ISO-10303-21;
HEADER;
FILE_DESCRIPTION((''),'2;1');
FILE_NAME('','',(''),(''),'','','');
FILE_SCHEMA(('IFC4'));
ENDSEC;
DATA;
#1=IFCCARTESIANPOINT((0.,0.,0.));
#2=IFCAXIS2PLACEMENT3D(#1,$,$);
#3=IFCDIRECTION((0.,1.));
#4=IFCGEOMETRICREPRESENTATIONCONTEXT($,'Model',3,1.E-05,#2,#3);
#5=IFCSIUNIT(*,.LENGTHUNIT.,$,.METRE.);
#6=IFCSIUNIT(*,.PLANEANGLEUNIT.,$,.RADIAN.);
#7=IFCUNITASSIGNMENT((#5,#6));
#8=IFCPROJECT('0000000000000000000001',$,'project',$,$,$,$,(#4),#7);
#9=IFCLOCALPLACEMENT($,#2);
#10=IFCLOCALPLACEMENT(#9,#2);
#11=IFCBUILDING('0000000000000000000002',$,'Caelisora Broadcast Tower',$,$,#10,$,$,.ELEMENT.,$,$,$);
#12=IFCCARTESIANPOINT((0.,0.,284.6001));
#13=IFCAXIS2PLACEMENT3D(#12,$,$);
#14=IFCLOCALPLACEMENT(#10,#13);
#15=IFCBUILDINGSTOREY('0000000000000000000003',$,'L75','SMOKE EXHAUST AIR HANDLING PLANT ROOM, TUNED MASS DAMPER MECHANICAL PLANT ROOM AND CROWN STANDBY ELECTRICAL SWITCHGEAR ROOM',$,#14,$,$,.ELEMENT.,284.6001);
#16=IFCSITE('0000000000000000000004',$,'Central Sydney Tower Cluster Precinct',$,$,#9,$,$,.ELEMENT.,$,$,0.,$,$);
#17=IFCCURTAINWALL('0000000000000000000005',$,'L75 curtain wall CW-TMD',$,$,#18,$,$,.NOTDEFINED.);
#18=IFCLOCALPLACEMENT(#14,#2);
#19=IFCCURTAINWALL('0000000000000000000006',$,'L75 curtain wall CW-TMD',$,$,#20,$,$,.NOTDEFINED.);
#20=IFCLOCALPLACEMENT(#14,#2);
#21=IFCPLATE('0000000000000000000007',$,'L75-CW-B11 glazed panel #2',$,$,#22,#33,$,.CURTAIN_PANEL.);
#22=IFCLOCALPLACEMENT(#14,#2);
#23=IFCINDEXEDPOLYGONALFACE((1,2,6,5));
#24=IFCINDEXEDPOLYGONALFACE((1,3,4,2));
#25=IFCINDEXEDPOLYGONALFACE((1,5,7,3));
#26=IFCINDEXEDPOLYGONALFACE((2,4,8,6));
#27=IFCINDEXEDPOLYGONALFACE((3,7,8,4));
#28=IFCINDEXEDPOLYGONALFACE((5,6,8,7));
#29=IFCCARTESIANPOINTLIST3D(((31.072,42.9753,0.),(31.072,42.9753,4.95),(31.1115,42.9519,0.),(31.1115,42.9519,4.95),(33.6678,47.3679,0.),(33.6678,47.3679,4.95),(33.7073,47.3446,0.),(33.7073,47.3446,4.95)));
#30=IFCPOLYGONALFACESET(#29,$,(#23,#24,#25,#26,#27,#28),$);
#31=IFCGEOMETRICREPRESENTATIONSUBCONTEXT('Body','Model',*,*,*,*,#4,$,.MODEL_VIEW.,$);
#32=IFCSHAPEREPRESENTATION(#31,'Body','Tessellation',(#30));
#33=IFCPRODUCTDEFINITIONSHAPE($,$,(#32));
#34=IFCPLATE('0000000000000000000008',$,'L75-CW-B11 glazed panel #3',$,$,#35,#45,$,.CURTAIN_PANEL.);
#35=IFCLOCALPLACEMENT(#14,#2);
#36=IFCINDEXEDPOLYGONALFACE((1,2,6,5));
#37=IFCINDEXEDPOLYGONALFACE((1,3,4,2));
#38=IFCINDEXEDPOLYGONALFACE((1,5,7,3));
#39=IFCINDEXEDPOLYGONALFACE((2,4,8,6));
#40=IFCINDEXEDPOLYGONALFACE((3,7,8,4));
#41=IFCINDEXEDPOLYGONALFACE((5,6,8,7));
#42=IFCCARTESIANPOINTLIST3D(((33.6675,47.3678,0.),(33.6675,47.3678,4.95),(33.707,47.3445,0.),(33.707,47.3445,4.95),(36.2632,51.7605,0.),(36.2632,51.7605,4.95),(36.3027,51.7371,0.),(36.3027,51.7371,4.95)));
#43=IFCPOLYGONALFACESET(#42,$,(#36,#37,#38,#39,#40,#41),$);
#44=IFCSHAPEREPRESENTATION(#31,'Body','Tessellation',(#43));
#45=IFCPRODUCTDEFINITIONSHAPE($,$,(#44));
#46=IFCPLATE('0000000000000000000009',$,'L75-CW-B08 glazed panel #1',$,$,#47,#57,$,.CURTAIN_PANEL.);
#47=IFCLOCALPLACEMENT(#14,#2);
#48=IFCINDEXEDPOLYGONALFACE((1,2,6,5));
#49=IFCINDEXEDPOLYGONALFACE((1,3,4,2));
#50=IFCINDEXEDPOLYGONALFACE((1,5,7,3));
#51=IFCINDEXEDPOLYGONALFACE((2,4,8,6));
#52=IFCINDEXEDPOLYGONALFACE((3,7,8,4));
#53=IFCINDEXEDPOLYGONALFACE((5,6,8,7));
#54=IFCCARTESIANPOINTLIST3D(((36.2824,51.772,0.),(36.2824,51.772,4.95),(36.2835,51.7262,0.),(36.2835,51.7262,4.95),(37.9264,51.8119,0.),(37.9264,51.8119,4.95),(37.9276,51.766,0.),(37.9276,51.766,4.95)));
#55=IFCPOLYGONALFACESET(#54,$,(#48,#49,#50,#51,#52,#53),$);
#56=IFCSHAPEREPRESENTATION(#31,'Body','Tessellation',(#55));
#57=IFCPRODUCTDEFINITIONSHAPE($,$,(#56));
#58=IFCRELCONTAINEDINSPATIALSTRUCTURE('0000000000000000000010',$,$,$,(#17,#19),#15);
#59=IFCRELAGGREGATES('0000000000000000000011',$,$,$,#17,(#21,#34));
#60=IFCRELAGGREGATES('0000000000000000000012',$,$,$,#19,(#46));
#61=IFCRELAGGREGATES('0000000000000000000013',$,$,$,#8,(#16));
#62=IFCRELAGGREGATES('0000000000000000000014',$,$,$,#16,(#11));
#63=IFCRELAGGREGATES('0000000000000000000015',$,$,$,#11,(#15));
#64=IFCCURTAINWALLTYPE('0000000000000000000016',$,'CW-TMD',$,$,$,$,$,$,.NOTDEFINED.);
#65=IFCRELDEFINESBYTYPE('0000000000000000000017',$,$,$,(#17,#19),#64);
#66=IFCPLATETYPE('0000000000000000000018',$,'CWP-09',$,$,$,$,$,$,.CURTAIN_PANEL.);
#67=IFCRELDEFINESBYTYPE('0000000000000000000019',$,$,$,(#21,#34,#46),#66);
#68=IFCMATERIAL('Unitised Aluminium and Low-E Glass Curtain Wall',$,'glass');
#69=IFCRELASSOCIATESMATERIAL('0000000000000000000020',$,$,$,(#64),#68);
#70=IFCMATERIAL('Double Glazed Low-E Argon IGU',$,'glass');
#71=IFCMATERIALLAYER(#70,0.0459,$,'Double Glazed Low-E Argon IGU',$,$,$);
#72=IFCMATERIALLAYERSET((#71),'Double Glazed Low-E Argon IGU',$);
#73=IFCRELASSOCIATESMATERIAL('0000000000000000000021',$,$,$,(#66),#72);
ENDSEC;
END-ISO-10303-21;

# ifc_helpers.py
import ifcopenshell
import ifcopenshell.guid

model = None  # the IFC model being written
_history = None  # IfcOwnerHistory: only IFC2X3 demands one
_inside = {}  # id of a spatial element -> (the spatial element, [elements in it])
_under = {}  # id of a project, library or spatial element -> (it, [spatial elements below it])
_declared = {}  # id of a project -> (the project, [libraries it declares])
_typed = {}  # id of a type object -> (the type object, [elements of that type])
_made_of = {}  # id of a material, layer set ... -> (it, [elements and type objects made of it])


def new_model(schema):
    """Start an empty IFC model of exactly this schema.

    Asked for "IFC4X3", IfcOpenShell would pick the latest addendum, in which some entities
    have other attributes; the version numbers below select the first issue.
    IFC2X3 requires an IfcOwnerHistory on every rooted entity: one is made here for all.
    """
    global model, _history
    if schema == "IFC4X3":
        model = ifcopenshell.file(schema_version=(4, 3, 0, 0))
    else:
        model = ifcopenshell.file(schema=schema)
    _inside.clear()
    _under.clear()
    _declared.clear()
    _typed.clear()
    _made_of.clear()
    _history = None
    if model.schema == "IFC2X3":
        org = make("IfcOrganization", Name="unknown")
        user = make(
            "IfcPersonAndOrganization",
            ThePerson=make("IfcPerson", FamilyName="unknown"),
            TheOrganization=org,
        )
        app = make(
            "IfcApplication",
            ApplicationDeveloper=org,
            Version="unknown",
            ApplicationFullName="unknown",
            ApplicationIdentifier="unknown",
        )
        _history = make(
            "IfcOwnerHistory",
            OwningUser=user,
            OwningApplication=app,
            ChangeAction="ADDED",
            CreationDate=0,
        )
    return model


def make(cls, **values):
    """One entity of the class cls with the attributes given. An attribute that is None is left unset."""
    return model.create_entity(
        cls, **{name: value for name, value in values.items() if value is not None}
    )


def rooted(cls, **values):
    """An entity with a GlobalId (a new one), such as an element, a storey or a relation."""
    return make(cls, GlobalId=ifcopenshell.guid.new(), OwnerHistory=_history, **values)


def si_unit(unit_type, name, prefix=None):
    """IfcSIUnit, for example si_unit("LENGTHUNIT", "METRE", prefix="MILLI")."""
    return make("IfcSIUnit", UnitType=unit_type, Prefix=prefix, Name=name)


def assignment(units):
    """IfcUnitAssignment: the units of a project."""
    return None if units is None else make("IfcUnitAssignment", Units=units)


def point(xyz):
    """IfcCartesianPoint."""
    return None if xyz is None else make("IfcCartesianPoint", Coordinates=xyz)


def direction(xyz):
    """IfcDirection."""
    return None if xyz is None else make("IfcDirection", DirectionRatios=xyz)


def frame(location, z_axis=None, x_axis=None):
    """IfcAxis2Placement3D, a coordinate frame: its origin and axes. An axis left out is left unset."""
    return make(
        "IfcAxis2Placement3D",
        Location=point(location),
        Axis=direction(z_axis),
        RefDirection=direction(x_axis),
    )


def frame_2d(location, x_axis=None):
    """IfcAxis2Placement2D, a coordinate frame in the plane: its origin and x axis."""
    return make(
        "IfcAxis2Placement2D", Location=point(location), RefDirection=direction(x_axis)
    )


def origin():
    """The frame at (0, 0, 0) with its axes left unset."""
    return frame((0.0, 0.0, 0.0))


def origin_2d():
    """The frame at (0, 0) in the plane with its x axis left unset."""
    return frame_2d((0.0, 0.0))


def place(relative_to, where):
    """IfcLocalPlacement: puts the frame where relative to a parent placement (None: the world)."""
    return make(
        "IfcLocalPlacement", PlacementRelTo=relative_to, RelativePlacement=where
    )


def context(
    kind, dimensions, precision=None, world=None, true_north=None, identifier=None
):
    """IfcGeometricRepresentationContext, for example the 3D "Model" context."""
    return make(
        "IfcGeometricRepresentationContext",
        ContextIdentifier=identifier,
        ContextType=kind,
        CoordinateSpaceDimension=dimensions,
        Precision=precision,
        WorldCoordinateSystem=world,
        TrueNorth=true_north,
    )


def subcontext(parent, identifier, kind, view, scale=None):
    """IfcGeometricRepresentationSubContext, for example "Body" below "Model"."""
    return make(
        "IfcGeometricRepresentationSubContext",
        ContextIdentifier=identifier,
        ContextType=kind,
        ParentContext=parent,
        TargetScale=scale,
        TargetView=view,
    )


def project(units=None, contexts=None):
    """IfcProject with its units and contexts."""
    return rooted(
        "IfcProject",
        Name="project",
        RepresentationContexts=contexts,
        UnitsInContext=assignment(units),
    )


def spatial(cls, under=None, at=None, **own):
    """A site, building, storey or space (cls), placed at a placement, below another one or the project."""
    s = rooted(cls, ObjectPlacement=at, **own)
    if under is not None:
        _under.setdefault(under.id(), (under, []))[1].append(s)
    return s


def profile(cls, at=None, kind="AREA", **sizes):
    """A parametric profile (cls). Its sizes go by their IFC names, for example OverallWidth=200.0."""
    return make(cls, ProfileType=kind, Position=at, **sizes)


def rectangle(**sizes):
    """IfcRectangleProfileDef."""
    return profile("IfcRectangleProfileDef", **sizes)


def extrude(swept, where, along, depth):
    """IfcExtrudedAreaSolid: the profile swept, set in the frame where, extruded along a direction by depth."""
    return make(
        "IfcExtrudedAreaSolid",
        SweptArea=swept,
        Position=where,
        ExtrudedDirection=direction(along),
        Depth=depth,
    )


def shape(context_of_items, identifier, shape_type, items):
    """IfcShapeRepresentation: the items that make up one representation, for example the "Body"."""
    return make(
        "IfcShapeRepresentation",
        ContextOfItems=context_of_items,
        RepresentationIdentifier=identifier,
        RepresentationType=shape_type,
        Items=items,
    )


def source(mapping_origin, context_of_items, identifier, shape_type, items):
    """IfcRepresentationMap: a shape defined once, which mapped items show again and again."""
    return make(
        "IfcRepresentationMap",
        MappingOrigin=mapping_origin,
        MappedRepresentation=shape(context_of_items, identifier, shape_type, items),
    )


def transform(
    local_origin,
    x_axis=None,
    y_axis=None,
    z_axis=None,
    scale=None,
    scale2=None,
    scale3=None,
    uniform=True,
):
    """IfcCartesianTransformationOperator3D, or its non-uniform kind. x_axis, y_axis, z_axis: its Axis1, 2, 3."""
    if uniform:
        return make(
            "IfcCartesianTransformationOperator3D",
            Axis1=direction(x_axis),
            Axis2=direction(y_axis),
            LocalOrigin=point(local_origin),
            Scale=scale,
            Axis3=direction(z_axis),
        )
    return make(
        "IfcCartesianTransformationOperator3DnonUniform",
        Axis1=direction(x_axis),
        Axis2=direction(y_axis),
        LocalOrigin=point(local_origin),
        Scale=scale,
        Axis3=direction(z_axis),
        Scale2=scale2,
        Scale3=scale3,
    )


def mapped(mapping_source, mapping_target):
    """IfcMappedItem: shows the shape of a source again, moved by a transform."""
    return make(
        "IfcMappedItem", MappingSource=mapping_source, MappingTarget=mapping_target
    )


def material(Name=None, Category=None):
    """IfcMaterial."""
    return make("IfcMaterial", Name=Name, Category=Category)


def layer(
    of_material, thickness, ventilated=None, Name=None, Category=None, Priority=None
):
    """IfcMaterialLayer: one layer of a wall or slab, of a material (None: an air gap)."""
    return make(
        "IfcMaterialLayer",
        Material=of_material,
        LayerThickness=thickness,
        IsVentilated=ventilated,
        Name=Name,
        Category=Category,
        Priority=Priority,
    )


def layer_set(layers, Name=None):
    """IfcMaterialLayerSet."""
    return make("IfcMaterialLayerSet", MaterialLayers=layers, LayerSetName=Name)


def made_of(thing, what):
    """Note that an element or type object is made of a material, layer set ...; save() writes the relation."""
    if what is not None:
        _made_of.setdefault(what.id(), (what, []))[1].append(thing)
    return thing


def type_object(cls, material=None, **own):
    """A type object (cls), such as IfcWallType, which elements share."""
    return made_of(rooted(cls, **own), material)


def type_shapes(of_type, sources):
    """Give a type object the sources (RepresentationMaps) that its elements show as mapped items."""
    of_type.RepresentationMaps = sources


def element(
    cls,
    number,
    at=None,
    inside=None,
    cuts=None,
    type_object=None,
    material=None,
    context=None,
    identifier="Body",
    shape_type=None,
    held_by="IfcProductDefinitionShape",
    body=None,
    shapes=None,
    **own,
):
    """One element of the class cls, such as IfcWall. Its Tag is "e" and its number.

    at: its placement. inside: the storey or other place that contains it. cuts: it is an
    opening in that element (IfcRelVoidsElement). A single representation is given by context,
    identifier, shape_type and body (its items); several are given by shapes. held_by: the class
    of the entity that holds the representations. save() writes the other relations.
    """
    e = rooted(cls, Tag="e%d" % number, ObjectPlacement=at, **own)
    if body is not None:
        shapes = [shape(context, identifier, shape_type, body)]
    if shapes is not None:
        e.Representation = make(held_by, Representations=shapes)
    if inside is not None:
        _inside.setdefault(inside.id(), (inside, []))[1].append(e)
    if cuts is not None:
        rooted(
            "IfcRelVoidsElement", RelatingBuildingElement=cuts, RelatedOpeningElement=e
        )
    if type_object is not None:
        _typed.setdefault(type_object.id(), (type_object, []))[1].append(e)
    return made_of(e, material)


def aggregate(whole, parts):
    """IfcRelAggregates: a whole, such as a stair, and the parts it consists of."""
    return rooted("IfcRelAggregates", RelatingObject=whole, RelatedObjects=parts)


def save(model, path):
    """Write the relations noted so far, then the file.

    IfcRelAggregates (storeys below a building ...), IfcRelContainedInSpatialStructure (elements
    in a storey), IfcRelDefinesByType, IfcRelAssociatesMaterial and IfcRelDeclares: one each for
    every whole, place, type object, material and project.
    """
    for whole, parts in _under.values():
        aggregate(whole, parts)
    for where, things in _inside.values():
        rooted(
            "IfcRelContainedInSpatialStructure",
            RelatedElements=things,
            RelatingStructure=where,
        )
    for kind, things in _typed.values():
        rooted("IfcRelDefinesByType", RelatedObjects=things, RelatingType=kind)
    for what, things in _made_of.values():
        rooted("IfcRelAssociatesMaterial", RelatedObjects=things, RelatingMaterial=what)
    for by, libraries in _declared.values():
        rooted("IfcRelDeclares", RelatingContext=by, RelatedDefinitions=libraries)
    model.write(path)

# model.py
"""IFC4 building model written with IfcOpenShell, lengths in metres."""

from ifc_helpers import new_model, si_unit, direction, frame, origin, origin_2d, place, context, subcontext, project, spatial, rectangle, extrude, source, transform, mapped, material, layer, layer_set, type_object, type_shapes, element, aggregate, save


model = new_model("IFC4")

# Units and contexts
model_context = context("Model", 3, precision=1e-05, world=origin(), true_north=direction((0.0, 1.0)))
body_context = subcontext(model_context, "Body", "Model", "MODEL_VIEW")
ifc_project = project(units=[si_unit("LENGTHUNIT", "METRE"), si_unit("PLANEANGLEUNIT", "RADIAN")], contexts=[model_context])

# Site, building, storey
site_placement = place(None, origin())
site = spatial("IfcSite", under=ifc_project, at=site_placement, Name="Central Sydney Tower Cluster Precinct", CompositionType="ELEMENT", RefElevation=0.0)
building_placement = place(site_placement, origin())
building = spatial("IfcBuilding", under=site, at=building_placement, Name="Caelisora Broadcast Tower", CompositionType="ELEMENT")
storey_placement = place(building_placement, frame((0.0, 0.0, 284.6001)))
storey = spatial("IfcBuildingStorey", under=building, at=storey_placement, Name="L75", Description="SMOKE EXHAUST AIR HANDLING PLANT ROOM, TUNED MASS DAMPER MECHANICAL PLANT ROOM AND CROWN STANDBY ELECTRICAL SWITCHGEAR ROOM", CompositionType="ELEMENT", Elevation=284.6001)

# Shared definitions
ifc_material_1 = material(Name="Unitised Aluminium and Low-E Glass Curtain Wall", Category="glass")
curtain_wall_type = type_object("IfcCurtainWallType", Name="CW-TMD", PredefinedType="NOTDEFINED", material=ifc_material_1)

# Curtain wall
curtain_wall_1_placement = place(storey_placement, origin())
curtain_wall_1 = element("IfcCurtainWall", 1, at=curtain_wall_1_placement, inside=storey, type_object=curtain_wall_type, Name="L75 curtain wall CW-TMD", PredefinedType="NOTDEFINED")

# Curtain wall
curtain_wall_2_placement = place(storey_placement, origin())
curtain_wall_2 = element("IfcCurtainWall", 2, at=curtain_wall_2_placement, inside=storey, type_object=curtain_wall_type, Name="L75 curtain wall CW-TMD", PredefinedType="NOTDEFINED")

# Plates
ifc_material_2 = material(Name="Double Glazed Low-E Argon IGU", Category="glass")
ifc_layer_1 = layer(ifc_material_2, 0.0459, Name="Double Glazed Low-E Argon IGU")
ifc_layer_set_1 = layer_set([ifc_layer_1], Name="Double Glazed Low-E Argon IGU")
plate_type_1 = type_object("IfcPlateType", Name="CWP-09", PredefinedType="CURTAIN_PANEL", material=ifc_layer_set_1)
shared_shape_1 = source(origin(), body_context, "Body", "SweptSolid", [
    extrude(rectangle(XDim=5.1023, YDim=0.0459, at=origin_2d()), origin(), (0.0, 0.0, 1.0), 4.95),
])
plate_1_placement = place(storey_placement, frame((32.3896, 45.1599, 0.0), z_axis=(0.0, 0.0, 1.0), x_axis=(0.508741, 0.86092, 0.0)))
plate_1 = element("IfcPlate", 3, at=plate_1_placement, type_object=plate_type_1, Name="L75-CW-B11 glazed panel #2", PredefinedType="CURTAIN_PANEL", context=body_context, shape_type="MappedRepresentation", body=[
    mapped(shared_shape_1, transform((0.0, 0.0, 0.0), scale=1.0)),
])
plate_2_placement = place(storey_placement, frame((34.9851, 49.5525, 0.0), z_axis=(0.0, 0.0, 1.0), x_axis=(0.508741, 0.86092, 0.0)))
plate_2 = element("IfcPlate", 4, at=plate_2_placement, type_object=plate_type_1, Name="L75-CW-B11 glazed panel #3", PredefinedType="CURTAIN_PANEL", context=body_context, shape_type="MappedRepresentation", body=[
    mapped(shared_shape_1, transform((0.0, 0.0, 0.0), scale=1.0)),
])
aggregate(curtain_wall_1, [plate_1, plate_2])
shared_shape_2 = source(origin(), body_context, "Body", "SweptSolid", [
    extrude(rectangle(XDim=1.6445, YDim=0.0459, at=origin_2d()), origin(), (0.0, 0.0, 1.0), 4.95),
])
type_shapes(plate_type_1, [shared_shape_1, shared_shape_2])
plate_3_placement = place(storey_placement, frame((37.105, 51.769, 0.0), z_axis=(0.0, 0.0, 1.0), x_axis=(0.999706, 0.024258, 0.0)))
plate_3 = element("IfcPlate", 5, at=plate_3_placement, type_object=plate_type_1, Name="L75-CW-B08 glazed panel #1", PredefinedType="CURTAIN_PANEL", context=body_context, shape_type="MappedRepresentation", body=[
    mapped(shared_shape_2, transform((0.0, 0.0, 0.0), scale=1.0)),
])
aggregate(curtain_wall_2, [plate_3])

save(model, "model.ifc")
